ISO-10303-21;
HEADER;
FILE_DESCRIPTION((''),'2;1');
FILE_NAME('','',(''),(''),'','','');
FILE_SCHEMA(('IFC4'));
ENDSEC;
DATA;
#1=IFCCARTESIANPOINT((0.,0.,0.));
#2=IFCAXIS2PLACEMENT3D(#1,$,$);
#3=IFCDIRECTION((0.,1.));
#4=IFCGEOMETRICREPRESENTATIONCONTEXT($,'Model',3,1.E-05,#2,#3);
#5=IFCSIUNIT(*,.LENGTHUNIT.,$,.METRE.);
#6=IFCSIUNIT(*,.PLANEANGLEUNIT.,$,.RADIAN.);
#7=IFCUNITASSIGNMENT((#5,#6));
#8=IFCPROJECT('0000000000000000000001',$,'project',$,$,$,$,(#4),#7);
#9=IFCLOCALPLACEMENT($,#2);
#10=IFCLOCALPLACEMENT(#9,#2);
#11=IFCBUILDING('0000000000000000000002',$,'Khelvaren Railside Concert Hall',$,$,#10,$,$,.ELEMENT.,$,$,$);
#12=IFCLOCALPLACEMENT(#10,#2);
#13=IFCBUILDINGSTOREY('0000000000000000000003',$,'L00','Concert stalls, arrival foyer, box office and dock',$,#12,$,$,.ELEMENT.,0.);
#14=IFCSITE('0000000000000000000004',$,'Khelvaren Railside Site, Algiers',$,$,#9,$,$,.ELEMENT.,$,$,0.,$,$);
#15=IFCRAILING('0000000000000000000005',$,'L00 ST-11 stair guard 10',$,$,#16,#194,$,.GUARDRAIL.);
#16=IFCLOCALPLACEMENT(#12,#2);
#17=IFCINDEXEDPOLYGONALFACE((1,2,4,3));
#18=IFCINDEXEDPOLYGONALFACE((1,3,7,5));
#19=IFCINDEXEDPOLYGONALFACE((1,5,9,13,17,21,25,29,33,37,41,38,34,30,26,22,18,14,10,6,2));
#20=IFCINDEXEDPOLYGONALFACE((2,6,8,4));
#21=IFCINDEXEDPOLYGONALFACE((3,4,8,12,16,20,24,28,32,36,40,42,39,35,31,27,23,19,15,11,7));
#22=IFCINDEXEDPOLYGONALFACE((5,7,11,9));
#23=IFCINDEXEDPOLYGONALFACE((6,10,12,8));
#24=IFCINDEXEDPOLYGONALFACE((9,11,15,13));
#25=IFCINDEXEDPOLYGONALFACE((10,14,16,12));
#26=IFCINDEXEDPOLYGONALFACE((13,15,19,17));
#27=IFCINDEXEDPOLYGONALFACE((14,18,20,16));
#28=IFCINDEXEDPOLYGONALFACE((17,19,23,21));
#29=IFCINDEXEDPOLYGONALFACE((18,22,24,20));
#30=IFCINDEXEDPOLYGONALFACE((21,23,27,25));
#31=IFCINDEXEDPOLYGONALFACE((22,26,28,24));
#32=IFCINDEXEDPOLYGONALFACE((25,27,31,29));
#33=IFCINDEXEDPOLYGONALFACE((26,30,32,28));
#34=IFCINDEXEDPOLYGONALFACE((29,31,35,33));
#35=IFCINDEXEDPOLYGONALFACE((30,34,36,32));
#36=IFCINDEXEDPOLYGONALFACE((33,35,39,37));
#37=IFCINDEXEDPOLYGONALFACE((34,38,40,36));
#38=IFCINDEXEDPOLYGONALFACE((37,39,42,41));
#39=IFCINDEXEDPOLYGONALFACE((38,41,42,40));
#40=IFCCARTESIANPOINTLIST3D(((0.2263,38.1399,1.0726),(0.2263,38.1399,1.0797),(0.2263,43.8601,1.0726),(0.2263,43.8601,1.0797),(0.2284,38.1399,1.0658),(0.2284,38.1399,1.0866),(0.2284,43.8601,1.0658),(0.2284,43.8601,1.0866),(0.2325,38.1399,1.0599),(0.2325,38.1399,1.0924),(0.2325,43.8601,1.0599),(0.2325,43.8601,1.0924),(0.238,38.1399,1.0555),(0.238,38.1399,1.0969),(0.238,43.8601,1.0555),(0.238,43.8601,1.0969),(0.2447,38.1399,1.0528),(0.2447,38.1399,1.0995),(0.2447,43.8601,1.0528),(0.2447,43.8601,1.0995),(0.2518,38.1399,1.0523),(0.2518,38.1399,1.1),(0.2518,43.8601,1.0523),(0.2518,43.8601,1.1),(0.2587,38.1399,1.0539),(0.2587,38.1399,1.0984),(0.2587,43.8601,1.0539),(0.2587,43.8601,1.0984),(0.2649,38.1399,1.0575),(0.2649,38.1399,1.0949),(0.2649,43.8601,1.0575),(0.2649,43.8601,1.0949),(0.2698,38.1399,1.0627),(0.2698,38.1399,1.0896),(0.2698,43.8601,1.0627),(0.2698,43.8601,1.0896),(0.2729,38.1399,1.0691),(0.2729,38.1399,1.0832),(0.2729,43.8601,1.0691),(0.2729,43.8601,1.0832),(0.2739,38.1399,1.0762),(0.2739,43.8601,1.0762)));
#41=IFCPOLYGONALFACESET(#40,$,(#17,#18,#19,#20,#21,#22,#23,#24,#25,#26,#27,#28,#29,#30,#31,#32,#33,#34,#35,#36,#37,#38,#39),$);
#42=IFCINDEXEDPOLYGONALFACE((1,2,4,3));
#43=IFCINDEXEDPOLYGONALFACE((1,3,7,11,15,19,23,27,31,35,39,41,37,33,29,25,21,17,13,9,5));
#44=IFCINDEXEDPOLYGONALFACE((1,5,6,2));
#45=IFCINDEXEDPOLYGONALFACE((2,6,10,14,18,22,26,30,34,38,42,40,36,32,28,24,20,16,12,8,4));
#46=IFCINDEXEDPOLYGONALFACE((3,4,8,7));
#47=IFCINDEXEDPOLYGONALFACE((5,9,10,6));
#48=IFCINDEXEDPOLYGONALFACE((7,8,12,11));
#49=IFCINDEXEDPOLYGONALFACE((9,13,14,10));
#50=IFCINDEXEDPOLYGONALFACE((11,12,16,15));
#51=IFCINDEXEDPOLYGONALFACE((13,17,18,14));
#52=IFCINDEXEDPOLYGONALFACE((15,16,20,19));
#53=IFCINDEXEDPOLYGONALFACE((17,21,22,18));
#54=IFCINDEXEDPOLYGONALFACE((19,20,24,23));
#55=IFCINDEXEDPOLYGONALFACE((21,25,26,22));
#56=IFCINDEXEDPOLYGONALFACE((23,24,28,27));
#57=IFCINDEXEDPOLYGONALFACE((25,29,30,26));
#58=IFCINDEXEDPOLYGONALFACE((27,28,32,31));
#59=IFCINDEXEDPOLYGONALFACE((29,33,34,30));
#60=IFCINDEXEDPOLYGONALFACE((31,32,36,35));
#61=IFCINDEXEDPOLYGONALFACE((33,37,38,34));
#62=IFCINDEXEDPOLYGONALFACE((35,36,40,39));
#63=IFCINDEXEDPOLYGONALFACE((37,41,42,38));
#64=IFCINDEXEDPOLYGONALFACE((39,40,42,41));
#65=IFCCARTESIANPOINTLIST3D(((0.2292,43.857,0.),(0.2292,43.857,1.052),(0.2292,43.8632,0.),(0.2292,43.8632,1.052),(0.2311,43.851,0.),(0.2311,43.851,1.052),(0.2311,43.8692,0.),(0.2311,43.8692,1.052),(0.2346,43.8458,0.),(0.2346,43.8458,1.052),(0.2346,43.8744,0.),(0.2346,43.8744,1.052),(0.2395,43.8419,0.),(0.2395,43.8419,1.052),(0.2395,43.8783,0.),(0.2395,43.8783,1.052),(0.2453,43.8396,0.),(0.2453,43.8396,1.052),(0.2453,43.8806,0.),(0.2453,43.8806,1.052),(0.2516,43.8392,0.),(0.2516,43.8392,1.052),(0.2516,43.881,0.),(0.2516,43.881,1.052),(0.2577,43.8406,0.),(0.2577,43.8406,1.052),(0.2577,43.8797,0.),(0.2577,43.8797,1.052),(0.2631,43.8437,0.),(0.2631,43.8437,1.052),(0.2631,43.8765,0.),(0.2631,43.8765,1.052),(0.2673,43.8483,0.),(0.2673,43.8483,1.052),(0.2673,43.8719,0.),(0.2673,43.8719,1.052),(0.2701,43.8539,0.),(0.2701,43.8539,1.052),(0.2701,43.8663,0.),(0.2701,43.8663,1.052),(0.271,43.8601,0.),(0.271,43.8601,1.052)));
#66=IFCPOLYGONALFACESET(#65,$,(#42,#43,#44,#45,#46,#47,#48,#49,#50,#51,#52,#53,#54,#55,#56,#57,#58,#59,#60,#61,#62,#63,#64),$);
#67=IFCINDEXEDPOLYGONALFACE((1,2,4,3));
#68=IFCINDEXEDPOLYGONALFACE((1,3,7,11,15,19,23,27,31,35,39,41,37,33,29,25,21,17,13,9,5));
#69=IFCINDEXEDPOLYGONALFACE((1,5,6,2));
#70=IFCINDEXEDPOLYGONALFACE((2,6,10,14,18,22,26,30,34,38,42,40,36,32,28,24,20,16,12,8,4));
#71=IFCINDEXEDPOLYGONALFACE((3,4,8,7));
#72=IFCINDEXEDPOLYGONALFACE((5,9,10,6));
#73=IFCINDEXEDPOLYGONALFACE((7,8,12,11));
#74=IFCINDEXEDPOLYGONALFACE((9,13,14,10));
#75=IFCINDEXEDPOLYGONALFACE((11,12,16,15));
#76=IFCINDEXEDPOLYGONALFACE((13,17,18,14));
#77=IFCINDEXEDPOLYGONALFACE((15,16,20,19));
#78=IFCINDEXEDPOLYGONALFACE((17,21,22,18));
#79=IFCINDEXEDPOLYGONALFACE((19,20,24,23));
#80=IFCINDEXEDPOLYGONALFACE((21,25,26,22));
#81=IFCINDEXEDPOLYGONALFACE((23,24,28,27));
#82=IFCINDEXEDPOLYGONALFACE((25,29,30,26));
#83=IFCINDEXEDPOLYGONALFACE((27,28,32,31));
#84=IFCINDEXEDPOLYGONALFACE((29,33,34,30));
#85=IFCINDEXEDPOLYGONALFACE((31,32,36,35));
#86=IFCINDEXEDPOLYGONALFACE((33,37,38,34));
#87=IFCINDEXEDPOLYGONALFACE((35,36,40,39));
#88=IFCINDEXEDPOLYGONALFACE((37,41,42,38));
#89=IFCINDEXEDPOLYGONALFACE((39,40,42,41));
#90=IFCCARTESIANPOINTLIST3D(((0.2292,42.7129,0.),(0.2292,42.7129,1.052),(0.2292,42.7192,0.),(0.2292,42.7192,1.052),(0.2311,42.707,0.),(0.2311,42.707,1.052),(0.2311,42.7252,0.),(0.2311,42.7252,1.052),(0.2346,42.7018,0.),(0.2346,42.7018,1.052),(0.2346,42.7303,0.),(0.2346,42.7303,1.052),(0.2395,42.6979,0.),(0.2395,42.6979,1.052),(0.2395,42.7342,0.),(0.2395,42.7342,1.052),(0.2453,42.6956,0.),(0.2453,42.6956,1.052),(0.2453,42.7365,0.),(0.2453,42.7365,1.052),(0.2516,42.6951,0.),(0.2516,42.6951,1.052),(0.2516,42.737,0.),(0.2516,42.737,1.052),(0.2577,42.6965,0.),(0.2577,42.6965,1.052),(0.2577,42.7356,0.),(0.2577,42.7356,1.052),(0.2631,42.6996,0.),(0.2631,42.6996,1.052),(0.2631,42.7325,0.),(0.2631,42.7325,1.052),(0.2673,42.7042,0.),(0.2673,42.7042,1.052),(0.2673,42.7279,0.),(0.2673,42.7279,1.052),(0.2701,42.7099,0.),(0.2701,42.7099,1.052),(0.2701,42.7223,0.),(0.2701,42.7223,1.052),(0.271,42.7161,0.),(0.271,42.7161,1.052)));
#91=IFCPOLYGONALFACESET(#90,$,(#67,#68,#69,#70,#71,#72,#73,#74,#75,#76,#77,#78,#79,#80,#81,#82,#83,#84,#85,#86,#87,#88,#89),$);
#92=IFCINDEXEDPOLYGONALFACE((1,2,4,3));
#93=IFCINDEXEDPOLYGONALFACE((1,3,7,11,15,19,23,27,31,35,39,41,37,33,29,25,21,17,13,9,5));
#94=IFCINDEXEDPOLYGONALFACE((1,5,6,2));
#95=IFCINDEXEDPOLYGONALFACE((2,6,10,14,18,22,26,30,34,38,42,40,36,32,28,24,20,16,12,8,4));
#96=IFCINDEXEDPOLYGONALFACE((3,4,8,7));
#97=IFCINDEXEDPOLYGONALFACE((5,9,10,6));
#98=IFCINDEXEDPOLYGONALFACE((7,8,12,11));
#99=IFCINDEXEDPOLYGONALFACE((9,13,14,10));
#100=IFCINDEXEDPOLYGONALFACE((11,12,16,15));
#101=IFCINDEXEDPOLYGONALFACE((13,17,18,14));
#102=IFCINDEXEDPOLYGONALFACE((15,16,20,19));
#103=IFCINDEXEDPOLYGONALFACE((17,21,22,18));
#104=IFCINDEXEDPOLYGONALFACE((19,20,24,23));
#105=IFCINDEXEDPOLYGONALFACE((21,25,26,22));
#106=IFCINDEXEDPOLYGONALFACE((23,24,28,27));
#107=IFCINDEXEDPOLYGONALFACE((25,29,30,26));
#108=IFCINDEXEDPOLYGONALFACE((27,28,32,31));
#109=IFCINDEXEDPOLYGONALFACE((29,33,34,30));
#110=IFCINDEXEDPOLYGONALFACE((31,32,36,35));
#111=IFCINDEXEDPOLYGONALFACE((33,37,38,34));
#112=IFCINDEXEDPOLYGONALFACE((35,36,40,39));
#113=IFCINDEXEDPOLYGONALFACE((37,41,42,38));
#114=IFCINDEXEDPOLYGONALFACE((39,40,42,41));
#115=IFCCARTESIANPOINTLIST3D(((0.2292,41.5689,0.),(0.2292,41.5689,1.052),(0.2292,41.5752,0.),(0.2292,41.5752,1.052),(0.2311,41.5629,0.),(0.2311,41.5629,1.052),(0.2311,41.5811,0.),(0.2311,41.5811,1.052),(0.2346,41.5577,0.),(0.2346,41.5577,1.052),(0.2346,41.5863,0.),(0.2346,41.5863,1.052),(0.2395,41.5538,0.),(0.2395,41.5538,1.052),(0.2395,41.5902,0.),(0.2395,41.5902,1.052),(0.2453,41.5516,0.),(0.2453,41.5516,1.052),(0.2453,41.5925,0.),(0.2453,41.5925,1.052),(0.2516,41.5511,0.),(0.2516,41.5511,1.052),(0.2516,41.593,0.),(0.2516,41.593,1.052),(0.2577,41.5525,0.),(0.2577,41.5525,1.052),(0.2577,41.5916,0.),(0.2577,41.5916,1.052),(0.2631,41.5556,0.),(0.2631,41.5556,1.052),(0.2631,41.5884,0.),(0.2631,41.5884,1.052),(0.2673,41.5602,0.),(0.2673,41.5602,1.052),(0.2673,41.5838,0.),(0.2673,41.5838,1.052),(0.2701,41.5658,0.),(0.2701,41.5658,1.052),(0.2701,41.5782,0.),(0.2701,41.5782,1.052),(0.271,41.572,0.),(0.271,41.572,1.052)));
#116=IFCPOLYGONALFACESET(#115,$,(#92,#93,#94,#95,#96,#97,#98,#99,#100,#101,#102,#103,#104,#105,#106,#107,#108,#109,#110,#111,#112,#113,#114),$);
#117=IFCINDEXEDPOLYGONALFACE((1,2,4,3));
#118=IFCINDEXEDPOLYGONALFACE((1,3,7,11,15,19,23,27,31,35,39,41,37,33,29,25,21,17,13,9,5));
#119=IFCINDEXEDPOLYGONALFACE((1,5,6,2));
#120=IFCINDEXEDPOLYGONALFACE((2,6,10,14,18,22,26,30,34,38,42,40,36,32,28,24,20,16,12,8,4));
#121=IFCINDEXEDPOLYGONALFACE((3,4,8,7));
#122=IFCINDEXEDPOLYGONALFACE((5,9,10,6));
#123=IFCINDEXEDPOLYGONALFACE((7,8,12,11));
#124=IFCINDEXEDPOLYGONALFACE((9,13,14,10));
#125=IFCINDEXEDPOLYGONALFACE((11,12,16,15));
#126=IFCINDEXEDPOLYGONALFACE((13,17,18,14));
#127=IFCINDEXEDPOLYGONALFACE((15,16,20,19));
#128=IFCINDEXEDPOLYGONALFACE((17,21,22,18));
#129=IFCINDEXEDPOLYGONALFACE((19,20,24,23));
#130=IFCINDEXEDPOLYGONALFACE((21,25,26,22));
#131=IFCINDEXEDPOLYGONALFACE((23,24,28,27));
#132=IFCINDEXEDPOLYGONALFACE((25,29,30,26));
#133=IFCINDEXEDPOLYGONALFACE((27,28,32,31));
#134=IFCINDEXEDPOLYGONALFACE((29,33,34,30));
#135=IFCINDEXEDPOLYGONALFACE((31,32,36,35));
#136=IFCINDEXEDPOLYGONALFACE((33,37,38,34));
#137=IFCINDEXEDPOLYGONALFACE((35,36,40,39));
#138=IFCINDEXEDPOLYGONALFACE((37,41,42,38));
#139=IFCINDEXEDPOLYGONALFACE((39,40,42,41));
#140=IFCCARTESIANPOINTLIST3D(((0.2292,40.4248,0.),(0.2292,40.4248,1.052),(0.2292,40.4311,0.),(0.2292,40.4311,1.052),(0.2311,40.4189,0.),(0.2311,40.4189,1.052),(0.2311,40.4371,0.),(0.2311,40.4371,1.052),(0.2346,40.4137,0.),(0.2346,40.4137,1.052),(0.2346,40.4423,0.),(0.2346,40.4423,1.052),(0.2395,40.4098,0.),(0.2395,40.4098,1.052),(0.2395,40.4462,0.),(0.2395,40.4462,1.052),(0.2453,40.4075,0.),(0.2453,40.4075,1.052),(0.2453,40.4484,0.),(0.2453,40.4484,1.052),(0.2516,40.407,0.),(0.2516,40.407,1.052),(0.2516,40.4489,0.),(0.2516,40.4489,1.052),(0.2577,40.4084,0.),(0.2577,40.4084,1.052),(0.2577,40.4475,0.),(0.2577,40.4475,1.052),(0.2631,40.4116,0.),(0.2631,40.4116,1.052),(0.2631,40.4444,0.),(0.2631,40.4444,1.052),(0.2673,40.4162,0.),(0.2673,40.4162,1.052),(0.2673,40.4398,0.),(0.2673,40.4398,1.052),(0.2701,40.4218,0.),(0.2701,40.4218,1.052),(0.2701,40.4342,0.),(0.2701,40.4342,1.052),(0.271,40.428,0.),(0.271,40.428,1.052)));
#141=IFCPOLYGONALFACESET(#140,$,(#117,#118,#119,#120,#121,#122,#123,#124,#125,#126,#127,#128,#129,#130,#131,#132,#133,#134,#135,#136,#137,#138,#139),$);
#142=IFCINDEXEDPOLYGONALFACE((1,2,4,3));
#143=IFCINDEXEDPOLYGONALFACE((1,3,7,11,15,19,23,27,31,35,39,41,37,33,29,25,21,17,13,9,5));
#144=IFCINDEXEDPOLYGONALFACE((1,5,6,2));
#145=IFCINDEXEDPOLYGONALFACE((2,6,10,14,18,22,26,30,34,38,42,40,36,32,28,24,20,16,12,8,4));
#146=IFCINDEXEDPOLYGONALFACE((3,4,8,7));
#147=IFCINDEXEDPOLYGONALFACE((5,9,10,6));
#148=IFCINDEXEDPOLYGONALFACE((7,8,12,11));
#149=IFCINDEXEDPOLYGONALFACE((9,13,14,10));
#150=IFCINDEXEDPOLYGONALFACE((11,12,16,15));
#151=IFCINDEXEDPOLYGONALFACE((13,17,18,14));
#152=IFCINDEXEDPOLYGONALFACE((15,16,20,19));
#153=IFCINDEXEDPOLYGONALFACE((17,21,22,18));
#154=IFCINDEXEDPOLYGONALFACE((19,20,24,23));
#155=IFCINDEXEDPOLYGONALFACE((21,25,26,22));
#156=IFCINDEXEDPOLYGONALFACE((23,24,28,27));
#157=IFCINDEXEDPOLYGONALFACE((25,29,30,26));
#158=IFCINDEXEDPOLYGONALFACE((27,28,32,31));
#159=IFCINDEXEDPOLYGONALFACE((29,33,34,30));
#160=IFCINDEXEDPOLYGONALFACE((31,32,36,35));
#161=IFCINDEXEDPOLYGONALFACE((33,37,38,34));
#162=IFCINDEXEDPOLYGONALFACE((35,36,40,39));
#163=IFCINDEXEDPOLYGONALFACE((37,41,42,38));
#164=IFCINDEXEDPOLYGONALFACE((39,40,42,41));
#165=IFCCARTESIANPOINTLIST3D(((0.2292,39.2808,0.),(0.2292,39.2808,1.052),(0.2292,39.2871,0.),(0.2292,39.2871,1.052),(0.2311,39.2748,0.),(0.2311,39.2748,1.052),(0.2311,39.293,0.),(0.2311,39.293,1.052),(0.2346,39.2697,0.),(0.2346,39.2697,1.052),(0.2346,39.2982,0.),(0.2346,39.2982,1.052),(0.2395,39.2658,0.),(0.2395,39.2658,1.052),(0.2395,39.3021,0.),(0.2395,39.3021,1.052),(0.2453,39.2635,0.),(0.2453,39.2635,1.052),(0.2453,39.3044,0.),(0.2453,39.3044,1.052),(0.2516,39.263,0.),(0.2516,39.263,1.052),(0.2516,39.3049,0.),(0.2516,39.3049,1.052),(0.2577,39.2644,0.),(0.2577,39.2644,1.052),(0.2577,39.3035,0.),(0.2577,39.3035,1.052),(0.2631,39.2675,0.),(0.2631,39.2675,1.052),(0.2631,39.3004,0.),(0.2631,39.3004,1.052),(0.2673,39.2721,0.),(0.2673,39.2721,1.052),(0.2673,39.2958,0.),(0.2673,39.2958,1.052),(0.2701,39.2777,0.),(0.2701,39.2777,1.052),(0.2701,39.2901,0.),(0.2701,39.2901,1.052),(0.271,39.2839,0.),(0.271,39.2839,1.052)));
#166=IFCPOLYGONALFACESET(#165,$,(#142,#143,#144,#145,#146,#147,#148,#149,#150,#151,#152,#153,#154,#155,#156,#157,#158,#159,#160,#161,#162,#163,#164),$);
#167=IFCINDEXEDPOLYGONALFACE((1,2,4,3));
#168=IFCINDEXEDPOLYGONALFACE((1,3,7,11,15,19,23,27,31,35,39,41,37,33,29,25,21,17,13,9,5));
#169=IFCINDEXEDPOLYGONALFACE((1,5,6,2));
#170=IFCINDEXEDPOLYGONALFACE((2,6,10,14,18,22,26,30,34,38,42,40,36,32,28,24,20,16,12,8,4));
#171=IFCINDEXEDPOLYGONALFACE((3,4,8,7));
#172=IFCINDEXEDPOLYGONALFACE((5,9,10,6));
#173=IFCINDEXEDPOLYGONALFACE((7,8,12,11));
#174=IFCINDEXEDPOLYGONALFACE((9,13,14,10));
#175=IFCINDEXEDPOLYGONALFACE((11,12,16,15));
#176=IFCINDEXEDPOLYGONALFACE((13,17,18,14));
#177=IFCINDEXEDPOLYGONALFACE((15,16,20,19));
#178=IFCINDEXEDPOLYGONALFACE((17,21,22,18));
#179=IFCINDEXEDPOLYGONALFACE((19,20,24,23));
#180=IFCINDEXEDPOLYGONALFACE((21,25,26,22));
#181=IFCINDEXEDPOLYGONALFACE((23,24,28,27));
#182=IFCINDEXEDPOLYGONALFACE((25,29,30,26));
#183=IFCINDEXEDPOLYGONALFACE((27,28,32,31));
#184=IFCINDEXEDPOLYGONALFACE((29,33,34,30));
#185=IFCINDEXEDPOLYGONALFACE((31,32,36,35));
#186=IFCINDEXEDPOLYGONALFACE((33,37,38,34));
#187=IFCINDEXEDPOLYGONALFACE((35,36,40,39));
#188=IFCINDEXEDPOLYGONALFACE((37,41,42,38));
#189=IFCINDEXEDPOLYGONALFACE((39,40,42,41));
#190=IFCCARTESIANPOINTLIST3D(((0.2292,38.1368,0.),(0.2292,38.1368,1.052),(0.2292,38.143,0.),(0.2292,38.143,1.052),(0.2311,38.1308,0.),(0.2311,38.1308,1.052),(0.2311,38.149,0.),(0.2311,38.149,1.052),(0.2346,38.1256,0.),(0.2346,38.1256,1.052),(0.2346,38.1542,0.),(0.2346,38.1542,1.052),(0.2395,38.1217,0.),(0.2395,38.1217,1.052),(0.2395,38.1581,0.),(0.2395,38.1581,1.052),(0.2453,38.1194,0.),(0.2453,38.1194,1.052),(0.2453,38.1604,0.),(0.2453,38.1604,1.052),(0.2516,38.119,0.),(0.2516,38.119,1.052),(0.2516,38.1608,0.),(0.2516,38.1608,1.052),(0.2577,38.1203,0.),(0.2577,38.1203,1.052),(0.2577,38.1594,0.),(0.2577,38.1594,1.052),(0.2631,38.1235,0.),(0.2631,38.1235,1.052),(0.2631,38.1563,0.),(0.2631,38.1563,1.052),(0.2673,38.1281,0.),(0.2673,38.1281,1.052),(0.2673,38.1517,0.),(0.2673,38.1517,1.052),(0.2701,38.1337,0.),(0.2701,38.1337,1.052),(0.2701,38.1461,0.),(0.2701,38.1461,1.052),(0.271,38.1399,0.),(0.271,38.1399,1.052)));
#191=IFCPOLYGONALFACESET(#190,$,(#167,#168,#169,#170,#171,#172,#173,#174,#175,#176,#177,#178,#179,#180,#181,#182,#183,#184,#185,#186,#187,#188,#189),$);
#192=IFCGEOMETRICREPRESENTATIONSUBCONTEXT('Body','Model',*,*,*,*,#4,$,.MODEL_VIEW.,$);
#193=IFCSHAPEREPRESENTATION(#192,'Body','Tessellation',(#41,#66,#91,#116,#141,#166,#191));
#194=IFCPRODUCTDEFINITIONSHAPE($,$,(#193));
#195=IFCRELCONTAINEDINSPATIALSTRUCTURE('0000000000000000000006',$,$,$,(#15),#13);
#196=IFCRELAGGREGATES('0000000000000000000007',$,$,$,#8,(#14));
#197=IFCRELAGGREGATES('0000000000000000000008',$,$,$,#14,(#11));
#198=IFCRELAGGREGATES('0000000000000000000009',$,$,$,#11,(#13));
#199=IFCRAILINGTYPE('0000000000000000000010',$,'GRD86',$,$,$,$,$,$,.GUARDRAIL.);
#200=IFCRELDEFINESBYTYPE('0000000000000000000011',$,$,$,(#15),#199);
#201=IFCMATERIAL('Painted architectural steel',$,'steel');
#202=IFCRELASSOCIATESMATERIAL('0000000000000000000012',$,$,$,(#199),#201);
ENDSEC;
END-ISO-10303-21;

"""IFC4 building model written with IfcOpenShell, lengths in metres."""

from ifc_helpers import new_model, si_unit, direction, frame, origin, origin_2d, place, context, subcontext, project, spatial, circle, extrude, material, type_object, element, save


model = new_model("IFC4")

# Units and contexts
model_context = context("Model", 3, precision=1e-05, world=origin(), true_north=direction((0.0, 1.0)))
body_context = subcontext(model_context, "Body", "Model", "MODEL_VIEW")
ifc_project = project(units=[si_unit("LENGTHUNIT", "METRE"), si_unit("PLANEANGLEUNIT", "RADIAN")], contexts=[model_context])

# Site, building, storey
site_placement = place(None, origin())
site = spatial("IfcSite", under=ifc_project, at=site_placement, Name="Khelvaren Railside Site, Algiers", CompositionType="ELEMENT", RefElevation=0.0)
building_placement = place(site_placement, origin())
building = spatial("IfcBuilding", under=site, at=building_placement, Name="Khelvaren Railside Concert Hall", CompositionType="ELEMENT")
storey_placement = place(building_placement, origin())
storey = spatial("IfcBuildingStorey", under=building, at=storey_placement, Name="L00", Description="Concert stalls, arrival foyer, box office and dock", CompositionType="ELEMENT", Elevation=0.0)

# Railing
ifc_material_1 = material(Name="Painted architectural steel", Category="steel")
railing_type_1 = type_object("IfcRailingType", Name="GRD86", PredefinedType="GUARDRAIL", material=ifc_material_1)
railing_1_placement = place(storey_placement, frame((0.25, 43.8601, 0.0)))
element("IfcRailing", 1, at=railing_1_placement, inside=storey, type_object=railing_type_1, Name="L00 ST-11 stair guard 10", PredefinedType="GUARDRAIL", context=body_context, shape_type="SweptSolid", body=[
    extrude(circle(Radius=0.0239, at=origin_2d()), frame((0.0, 0.0, 1.0762), z_axis=(0.0, -1.0, 0.0), x_axis=(1.0, 0.0, 0.0)), (0.0, 0.0, 1.0), 5.7202),
    extrude(circle(Radius=0.021, at=origin_2d()), origin(), (0.0, 0.0, 1.0), 1.052),
    extrude(circle(Radius=0.021, at=origin_2d()), frame((0.0, -1.144, 0.0)), (0.0, 0.0, 1.0), 1.052),
    extrude(circle(Radius=0.021, at=origin_2d()), frame((0.0, -2.2881, 0.0)), (0.0, 0.0, 1.0), 1.052),
    extrude(circle(Radius=0.021, at=origin_2d()), frame((0.0, -3.4321, 0.0)), (0.0, 0.0, 1.0), 1.052),
    extrude(circle(Radius=0.021, at=origin_2d()), frame((0.0, -4.5762, 0.0)), (0.0, 0.0, 1.0), 1.052),
    extrude(circle(Radius=0.021, at=origin_2d()), frame((0.0, -5.7202, 0.0)), (0.0, 0.0, 1.0), 1.052),
])

save(model, "model.ifc")
